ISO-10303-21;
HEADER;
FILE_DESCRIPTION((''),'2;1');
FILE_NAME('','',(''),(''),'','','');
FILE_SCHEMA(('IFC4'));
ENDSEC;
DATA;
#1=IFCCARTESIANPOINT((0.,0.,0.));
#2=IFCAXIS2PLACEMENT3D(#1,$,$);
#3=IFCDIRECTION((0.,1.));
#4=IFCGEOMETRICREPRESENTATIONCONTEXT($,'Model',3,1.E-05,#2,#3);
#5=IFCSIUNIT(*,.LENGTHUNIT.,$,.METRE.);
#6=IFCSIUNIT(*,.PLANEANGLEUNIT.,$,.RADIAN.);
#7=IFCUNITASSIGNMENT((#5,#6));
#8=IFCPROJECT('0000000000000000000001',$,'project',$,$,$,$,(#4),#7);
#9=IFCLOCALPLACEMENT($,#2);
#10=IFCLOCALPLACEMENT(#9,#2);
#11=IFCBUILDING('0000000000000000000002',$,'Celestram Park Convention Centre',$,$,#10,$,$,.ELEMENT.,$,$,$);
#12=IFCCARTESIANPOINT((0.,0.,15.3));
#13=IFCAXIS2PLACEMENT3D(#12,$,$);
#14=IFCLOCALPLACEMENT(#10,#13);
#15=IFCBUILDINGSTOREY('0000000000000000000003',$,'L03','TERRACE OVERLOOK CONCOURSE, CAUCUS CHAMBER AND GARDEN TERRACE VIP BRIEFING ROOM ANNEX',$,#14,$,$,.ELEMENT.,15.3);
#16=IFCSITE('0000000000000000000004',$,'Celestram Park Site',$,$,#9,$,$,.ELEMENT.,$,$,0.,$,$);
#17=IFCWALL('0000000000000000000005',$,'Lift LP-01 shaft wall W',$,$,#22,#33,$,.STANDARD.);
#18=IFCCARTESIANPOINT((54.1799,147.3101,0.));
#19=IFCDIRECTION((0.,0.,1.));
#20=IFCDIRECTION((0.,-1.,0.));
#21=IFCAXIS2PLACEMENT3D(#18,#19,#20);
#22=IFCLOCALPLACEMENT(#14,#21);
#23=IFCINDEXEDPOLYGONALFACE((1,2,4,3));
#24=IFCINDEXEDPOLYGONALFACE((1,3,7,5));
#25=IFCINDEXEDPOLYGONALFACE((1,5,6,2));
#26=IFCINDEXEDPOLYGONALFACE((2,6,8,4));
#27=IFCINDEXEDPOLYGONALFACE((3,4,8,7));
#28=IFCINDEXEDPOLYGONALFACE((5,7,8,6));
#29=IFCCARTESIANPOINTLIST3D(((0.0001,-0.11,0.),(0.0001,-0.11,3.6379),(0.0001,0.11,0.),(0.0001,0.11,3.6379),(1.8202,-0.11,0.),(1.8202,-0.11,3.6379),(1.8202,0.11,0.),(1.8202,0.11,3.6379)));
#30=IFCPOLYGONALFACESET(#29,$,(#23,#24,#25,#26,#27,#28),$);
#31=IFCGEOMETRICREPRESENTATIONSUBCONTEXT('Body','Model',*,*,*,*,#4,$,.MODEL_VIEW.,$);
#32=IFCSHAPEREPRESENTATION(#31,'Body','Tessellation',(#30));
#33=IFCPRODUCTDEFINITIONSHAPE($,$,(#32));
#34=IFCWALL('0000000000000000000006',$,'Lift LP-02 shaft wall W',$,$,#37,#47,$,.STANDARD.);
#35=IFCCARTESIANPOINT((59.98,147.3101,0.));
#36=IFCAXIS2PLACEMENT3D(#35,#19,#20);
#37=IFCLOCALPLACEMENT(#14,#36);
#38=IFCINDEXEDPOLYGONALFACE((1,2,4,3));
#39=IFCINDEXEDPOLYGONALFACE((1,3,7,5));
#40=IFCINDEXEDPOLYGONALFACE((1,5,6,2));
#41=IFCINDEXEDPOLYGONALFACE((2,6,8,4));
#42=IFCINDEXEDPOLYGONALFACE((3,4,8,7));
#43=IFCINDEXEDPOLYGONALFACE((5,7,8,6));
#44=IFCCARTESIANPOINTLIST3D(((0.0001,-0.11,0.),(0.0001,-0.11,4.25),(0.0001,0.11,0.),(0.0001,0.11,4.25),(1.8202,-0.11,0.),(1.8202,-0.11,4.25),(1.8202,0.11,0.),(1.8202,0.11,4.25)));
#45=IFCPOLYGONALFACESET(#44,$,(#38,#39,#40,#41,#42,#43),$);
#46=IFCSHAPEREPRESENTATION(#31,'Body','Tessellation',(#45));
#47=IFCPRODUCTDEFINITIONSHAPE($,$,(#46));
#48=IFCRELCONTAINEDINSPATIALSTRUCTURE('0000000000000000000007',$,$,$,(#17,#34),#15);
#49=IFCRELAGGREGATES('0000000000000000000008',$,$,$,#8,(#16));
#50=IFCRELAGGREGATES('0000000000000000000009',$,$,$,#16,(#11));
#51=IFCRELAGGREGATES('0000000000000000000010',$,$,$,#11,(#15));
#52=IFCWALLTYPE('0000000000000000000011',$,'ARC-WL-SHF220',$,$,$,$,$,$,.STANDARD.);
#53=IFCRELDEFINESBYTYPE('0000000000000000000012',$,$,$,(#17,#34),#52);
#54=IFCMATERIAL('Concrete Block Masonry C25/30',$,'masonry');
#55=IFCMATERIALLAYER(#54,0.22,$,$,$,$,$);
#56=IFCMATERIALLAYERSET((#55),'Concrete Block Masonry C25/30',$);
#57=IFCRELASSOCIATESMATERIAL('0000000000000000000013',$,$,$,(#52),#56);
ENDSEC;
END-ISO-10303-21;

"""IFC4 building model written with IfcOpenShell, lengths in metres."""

from ifc_helpers import new_model, si_unit, direction, frame, frame_2d, origin, place, context, subcontext, project, spatial, rectangle, extrude, material, layer, layer_set, type_object, element, save


model = new_model("IFC4")

# Units and contexts
model_context = context("Model", 3, precision=1e-05, world=origin(), true_north=direction((0.0, 1.0)))
body_context = subcontext(model_context, "Body", "Model", "MODEL_VIEW")
ifc_project = project(units=[si_unit("LENGTHUNIT", "METRE"), si_unit("PLANEANGLEUNIT", "RADIAN")], contexts=[model_context])

# Site, building, storey
site_placement = place(None, origin())
site = spatial("IfcSite", under=ifc_project, at=site_placement, Name="Celestram Park Site", CompositionType="ELEMENT", RefElevation=0.0)
building_placement = place(site_placement, origin())
building = spatial("IfcBuilding", under=site, at=building_placement, Name="Celestram Park Convention Centre", CompositionType="ELEMENT")
storey_placement = place(building_placement, frame((0.0, 0.0, 15.3)))
storey = spatial("IfcBuildingStorey", under=building, at=storey_placement, Name="L03", Description="TERRACE OVERLOOK CONCOURSE, CAUCUS CHAMBER AND GARDEN TERRACE VIP BRIEFING ROOM ANNEX", CompositionType="ELEMENT", Elevation=15.3)

# Shared definitions
ifc_material_1 = material(Name="Concrete Block Masonry C25/30", Category="masonry")

# Shared definitions
ifc_layer_1 = layer(ifc_material_1, 0.22)
ifc_layer_set_1 = layer_set([ifc_layer_1], Name="Concrete Block Masonry C25/30")
wall_type_1 = type_object("IfcWallType", Name="ARC-WL-SHF220", PredefinedType="STANDARD", material=ifc_layer_set_1)

# Walls
wall_1_placement = place(storey_placement, frame((54.1799, 147.3101, 0.0), z_axis=(0.0, 0.0, 1.0), x_axis=(0.0, -1.0, 0.0)))
element("IfcWall", 1, at=wall_1_placement, inside=storey, type_object=wall_type_1, Name="Lift LP-01 shaft wall W", PredefinedType="STANDARD", context=body_context, shape_type="SweptSolid", body=[
    extrude(rectangle(XDim=1.8201, YDim=0.22, at=frame_2d((0.9102, 0.0))), origin(), (0.0, 0.0, 1.0), 3.6379),
])
for number, where, z_axis, x_axis, name in (
    (2, (59.98, 147.3101, 0.0), (0.0, 0.0, 1.0), (0.0, -1.0, 0.0), "Lift LP-02 shaft wall W"),
):
    element("IfcWall", number, at=place(storey_placement, frame(where, z_axis=z_axis, x_axis=x_axis)), inside=storey, type_object=wall_type_1, Name=name, PredefinedType="STANDARD", context=body_context, shape_type="SweptSolid", body=[
        extrude(rectangle(XDim=1.8201, YDim=0.22, at=frame_2d((0.9102, 0.0))), origin(), (0.0, 0.0, 1.0), 4.25),
    ])

save(model, "model.ifc")
